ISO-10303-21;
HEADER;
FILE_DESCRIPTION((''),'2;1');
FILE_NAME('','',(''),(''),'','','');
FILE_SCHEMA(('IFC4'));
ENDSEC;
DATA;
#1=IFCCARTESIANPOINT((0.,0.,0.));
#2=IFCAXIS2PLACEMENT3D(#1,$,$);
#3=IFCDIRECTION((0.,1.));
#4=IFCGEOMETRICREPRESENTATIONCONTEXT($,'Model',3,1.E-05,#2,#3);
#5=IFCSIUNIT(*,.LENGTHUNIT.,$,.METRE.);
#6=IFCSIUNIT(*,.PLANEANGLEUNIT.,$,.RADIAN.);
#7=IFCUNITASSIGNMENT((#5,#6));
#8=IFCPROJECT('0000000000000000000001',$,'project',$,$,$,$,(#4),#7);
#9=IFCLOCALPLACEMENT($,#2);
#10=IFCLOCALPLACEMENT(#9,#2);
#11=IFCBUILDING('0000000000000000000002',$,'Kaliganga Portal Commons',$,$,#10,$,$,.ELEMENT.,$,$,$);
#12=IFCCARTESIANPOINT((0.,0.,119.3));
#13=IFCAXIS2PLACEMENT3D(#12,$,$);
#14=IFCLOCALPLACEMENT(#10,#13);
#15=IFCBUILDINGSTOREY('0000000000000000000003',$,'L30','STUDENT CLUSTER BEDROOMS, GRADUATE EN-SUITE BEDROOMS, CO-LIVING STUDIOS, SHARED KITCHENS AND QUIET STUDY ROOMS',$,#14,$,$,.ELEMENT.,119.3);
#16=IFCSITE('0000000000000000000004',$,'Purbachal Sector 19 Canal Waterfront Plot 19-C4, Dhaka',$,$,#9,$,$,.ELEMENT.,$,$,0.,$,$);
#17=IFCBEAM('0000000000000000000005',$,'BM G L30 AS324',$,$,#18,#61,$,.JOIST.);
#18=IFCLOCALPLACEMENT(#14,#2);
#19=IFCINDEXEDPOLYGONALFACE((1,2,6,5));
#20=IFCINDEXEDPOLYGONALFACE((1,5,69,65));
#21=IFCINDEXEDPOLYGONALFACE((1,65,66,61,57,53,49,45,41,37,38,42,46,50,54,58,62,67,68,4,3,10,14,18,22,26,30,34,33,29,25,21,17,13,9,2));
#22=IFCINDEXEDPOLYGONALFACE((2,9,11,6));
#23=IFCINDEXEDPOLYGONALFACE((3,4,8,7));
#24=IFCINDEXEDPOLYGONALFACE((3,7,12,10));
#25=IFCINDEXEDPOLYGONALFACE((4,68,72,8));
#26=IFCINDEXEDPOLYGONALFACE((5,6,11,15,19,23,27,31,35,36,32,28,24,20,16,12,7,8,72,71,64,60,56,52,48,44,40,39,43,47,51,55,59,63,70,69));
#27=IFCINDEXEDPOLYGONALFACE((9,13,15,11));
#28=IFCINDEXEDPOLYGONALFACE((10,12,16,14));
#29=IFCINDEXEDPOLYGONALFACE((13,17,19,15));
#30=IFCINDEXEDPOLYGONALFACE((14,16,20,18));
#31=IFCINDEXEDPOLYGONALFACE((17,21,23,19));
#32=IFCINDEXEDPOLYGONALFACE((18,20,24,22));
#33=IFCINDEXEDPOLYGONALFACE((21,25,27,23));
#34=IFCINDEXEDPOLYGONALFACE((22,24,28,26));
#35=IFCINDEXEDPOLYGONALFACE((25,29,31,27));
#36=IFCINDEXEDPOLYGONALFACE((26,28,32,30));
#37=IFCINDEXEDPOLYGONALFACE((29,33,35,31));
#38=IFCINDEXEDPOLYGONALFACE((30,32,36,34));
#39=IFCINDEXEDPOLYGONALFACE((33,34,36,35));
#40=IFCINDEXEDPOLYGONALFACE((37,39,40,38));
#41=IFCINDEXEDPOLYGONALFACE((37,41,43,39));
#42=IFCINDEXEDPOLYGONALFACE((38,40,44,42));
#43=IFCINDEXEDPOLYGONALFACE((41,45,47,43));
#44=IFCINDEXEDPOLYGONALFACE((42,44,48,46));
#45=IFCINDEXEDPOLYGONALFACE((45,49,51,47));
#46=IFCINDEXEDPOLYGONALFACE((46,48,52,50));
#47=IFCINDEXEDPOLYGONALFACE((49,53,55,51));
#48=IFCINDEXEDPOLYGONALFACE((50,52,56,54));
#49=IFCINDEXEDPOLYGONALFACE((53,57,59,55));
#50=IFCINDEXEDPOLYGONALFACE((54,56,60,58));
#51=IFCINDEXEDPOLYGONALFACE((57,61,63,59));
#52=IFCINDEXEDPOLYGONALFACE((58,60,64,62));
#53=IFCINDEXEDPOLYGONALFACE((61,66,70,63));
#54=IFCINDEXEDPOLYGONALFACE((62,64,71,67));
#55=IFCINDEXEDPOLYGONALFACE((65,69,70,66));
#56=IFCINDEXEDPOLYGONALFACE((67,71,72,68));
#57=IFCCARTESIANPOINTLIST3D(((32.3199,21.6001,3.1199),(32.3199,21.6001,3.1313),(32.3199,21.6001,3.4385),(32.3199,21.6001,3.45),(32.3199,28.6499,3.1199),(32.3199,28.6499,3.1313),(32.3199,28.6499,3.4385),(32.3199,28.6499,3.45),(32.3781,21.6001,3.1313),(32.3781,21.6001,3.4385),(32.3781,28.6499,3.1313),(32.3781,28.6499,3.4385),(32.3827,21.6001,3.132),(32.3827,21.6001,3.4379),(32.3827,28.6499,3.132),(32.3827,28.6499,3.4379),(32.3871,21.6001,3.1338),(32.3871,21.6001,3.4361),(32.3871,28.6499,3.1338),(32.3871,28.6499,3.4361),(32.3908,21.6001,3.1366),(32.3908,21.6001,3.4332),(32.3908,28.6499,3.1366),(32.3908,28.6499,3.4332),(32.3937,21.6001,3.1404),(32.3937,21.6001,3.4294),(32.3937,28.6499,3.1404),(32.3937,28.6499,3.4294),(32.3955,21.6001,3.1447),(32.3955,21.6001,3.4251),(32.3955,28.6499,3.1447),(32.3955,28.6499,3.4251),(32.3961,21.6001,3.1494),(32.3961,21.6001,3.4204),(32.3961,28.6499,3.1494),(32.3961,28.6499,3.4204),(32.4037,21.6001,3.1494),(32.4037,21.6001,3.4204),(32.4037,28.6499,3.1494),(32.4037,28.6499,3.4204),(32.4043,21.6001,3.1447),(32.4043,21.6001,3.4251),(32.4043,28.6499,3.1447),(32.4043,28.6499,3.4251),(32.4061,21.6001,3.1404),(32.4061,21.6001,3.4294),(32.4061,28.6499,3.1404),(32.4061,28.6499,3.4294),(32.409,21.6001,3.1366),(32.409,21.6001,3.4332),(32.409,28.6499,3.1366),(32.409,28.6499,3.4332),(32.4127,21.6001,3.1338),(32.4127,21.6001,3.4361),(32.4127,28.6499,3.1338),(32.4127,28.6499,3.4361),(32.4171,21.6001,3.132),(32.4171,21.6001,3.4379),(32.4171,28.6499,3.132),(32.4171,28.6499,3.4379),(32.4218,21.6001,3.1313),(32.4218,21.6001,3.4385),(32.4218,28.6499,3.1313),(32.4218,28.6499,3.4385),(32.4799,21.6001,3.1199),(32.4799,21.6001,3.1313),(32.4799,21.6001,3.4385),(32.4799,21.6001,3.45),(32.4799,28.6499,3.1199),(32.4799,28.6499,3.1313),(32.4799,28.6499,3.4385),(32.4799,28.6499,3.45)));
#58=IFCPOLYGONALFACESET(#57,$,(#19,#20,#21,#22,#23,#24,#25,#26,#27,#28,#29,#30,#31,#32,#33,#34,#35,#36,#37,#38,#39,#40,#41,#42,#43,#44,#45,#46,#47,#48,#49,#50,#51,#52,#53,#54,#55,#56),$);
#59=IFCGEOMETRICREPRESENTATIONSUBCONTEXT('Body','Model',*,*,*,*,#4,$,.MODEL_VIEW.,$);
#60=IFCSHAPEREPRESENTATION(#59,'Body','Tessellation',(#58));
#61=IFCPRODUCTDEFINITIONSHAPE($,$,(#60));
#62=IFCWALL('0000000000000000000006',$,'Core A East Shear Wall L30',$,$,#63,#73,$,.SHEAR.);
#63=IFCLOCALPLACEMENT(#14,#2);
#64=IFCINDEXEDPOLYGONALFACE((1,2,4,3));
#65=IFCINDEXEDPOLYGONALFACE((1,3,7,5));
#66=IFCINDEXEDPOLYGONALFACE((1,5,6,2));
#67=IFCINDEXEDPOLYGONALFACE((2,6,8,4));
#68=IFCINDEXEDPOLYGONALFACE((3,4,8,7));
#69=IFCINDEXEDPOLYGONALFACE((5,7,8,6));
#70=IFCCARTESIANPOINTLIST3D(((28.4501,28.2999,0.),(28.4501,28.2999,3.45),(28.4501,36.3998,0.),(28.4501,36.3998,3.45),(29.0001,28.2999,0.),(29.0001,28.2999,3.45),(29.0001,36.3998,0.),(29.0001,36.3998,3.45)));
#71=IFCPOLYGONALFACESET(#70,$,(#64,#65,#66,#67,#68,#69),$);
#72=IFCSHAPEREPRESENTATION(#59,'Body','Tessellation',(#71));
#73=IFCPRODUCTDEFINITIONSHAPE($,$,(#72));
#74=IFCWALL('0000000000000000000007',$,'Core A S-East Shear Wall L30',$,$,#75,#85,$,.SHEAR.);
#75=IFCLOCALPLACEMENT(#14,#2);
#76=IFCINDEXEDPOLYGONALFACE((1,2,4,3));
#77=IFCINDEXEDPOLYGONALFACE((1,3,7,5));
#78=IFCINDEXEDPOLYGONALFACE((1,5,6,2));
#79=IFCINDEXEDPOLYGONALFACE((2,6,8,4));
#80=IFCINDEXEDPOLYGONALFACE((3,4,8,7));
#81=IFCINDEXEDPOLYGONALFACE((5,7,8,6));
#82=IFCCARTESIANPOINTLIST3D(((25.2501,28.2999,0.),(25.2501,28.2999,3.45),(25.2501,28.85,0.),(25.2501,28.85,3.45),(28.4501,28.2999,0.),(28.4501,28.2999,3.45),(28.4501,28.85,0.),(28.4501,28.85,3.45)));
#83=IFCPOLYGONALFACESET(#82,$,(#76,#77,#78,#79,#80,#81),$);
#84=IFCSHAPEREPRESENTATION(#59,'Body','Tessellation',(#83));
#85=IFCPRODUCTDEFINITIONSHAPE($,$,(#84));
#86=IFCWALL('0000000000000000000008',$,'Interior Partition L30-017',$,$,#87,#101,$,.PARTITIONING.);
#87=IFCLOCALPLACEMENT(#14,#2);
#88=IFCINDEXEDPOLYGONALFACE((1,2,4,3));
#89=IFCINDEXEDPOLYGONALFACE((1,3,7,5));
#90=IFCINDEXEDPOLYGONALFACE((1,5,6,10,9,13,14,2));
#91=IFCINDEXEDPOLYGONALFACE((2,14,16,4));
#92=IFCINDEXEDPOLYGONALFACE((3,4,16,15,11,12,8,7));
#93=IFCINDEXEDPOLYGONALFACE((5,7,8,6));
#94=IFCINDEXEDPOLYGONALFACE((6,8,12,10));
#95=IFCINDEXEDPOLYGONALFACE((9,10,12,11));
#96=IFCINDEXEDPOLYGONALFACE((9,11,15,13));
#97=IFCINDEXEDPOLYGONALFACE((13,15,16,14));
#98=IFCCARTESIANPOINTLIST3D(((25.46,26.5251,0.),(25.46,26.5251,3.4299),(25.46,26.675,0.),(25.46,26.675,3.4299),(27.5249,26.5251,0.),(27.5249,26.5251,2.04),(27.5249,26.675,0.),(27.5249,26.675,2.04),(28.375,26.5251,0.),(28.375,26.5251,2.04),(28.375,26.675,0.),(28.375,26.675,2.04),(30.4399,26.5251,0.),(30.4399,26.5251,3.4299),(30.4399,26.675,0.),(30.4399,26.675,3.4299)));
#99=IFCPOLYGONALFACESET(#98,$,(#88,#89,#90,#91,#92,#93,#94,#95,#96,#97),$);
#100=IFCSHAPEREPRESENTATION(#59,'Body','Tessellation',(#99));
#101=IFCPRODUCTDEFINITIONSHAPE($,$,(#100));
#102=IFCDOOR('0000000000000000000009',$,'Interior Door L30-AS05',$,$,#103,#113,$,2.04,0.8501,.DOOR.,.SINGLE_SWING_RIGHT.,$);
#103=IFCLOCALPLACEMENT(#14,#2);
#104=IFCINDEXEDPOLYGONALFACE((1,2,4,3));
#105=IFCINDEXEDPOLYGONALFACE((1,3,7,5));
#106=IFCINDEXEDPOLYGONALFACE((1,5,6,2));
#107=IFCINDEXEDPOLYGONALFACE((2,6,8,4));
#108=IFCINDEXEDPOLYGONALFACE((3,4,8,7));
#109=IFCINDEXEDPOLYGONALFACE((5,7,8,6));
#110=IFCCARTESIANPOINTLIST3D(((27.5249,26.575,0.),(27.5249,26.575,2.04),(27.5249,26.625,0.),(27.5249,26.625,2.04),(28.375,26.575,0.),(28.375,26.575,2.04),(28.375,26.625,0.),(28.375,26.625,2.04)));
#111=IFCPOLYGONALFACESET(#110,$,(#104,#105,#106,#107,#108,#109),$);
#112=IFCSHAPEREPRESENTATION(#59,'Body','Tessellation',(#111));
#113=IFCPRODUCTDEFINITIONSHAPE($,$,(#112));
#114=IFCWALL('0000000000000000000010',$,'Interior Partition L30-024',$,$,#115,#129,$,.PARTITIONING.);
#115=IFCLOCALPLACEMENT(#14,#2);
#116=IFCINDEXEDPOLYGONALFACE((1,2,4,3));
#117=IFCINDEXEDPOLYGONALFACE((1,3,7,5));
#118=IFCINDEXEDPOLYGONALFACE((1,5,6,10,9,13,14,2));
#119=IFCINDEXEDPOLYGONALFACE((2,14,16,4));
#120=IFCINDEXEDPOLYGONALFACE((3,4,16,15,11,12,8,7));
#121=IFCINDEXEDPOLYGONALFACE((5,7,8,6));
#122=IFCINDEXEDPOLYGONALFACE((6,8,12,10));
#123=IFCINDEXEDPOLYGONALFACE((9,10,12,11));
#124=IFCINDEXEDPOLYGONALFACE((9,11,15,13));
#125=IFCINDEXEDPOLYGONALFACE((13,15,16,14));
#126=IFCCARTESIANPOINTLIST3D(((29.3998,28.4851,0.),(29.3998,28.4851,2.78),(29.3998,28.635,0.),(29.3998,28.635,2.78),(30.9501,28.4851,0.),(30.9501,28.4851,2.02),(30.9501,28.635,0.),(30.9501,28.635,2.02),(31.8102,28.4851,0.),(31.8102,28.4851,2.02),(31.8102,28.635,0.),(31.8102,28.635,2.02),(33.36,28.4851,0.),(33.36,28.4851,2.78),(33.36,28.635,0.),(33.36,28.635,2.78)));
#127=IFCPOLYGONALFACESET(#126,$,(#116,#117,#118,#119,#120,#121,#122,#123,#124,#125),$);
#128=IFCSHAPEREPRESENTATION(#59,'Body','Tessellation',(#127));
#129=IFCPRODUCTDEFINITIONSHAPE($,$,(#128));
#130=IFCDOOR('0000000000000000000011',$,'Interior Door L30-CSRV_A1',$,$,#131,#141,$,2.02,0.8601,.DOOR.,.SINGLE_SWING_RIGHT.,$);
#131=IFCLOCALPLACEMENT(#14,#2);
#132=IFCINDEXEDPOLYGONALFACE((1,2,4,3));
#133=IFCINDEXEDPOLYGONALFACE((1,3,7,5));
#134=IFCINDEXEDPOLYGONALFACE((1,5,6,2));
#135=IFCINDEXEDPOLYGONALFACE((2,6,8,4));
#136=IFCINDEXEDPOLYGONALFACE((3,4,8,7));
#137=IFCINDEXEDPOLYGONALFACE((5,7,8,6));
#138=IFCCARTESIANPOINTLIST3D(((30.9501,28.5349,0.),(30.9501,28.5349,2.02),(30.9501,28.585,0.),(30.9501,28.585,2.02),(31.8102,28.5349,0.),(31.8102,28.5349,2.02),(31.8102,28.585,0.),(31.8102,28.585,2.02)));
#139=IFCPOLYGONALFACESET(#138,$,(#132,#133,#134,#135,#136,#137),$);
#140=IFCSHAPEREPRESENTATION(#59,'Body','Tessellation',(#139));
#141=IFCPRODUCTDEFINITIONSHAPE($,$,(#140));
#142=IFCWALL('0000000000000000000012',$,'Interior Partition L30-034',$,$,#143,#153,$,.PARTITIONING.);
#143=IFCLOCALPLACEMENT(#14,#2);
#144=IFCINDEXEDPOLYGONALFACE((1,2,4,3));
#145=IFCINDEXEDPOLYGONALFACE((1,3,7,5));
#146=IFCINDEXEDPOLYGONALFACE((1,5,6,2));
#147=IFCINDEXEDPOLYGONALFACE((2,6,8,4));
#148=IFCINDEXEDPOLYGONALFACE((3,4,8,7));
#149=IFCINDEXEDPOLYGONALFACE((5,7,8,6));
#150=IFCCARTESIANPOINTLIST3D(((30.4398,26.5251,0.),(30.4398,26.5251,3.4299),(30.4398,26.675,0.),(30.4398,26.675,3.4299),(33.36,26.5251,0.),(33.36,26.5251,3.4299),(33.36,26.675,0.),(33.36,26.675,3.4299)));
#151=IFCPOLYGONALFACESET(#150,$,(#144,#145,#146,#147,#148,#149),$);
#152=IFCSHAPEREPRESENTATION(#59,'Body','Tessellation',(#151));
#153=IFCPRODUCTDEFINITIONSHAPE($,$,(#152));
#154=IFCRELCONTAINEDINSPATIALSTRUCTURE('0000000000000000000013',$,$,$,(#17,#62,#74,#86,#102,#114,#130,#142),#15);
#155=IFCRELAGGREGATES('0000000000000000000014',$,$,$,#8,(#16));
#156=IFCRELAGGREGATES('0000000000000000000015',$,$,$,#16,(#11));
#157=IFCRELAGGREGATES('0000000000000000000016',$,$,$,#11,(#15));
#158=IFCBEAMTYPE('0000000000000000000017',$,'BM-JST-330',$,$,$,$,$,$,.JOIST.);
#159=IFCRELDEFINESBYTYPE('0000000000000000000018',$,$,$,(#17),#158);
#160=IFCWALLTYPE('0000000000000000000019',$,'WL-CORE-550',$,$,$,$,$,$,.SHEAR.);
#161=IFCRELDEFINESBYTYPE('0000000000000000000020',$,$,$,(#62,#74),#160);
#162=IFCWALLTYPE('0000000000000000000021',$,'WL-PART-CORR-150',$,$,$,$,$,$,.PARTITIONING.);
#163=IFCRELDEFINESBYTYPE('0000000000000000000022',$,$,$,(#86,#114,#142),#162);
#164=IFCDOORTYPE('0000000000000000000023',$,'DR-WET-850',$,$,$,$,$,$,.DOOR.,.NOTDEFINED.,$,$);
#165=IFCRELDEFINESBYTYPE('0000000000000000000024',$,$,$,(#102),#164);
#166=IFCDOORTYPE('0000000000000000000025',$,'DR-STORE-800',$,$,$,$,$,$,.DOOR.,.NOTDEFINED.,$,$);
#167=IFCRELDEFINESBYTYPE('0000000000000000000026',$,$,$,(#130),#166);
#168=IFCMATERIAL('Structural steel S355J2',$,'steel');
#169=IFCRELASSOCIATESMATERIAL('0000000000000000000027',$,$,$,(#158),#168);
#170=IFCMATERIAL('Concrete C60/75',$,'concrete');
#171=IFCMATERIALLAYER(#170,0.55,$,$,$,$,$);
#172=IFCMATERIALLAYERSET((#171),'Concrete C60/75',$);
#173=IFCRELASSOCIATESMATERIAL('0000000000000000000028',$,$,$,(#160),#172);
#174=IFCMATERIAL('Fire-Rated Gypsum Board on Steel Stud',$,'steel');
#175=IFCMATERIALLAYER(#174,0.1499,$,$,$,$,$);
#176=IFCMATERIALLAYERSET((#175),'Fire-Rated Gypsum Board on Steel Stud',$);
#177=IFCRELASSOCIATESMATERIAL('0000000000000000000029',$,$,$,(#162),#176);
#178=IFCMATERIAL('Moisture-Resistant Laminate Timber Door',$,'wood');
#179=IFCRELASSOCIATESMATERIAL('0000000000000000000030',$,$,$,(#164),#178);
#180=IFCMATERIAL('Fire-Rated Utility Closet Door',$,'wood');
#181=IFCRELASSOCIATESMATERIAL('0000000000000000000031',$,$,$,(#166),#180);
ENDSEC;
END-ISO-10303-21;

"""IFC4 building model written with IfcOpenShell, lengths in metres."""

from ifc_helpers import new_model, si_unit, direction, frame, frame_2d, origin, origin_2d, place, context, subcontext, project, spatial, rectangle, i_section, extrude, source, transform, mapped, material, layer, layer_set, material_profile, profile_set, type_object, element, fill, save


model = new_model("IFC4")

# Units and contexts
model_context = context("Model", 3, precision=1e-05, world=origin(), true_north=direction((0.0, 1.0)))
body_context = subcontext(model_context, "Body", "Model", "MODEL_VIEW")
ifc_project = project(units=[si_unit("LENGTHUNIT", "METRE"), si_unit("PLANEANGLEUNIT", "RADIAN")], contexts=[model_context])

# Site, building, storey
site_placement = place(None, origin())
site = spatial("IfcSite", under=ifc_project, at=site_placement, Name="Purbachal Sector 19 Canal Waterfront Plot 19-C4, Dhaka", CompositionType="ELEMENT", RefElevation=0.0)
building_placement = place(site_placement, origin())
building = spatial("IfcBuilding", under=site, at=building_placement, Name="Kaliganga Portal Commons", CompositionType="ELEMENT")
storey_placement = place(building_placement, frame((0.0, 0.0, 119.3)))
storey = spatial("IfcBuildingStorey", under=building, at=storey_placement, Name="L30", Description="STUDENT CLUSTER BEDROOMS, GRADUATE EN-SUITE BEDROOMS, CO-LIVING STUDIOS, SHARED KITCHENS AND QUIET STUDY ROOMS", CompositionType="ELEMENT", Elevation=119.3)

# Shared definitions
ifc_material_1 = material(Name="Concrete C60/75", Category="concrete")

# Beam
ifc_material_2 = material(Name="Structural steel S355J2", Category="steel")
ifc_material_profile_1 = material_profile(ifc_material_2, i_section(OverallWidth=0.1599, OverallDepth=0.3301, WebThickness=0.0076, FlangeThickness=0.0115, FilletRadius=0.0181, at=origin_2d()), Name="IPE 330")
ifc_profile_set_1 = profile_set([ifc_material_profile_1], Name="Structural steel S355J2 wide-flange")
beam_type_1 = type_object("IfcBeamType", Name="BM-JST-330", PredefinedType="JOIST", material=ifc_profile_set_1)
shared_shape_1 = source(origin(), body_context, "Body", "SweptSolid", [
    extrude(i_section(OverallWidth=0.1599, OverallDepth=0.3301, WebThickness=0.0076, FlangeThickness=0.0115, FilletRadius=0.0181, at=origin_2d()), origin(), (0.0, 0.0, 1.0), 7.0498),
])
beam_1_placement = place(storey_placement, frame((32.3999, 21.6001, 3.2849), z_axis=(0.0, 1.0, 0.0), x_axis=(-1.0, 0.0, 0.0)))
element("IfcBeam", 1, at=beam_1_placement, inside=storey, type_object=beam_type_1, Name="BM G L30 AS324", PredefinedType="JOIST", context=body_context, shape_type="MappedRepresentation", body=[
    mapped(shared_shape_1, transform((0.0, 0.0, 0.0), x_axis=(1.0, 0.0, 0.0), y_axis=(0.0, 1.0, 0.0), z_axis=(0.0, 0.0, 1.0), scale=1.0)),
])

# Walls
ifc_layer_1 = layer(ifc_material_1, 0.55)
ifc_layer_set_1 = layer_set([ifc_layer_1], Name="Concrete C60/75")
wall_type_1 = type_object("IfcWallType", Name="WL-CORE-550", PredefinedType="SHEAR", material=ifc_layer_set_1)
wall_1_placement = place(storey_placement, frame((28.7251, 28.3, 0.0), z_axis=(0.0, 0.0, 1.0), x_axis=(0.0, 1.0, 0.0)))
element("IfcWall", 2, at=wall_1_placement, inside=storey, type_object=wall_type_1, Name="Core A East Shear Wall L30", PredefinedType="SHEAR", context=body_context, shape_type="SweptSolid", body=[
    extrude(rectangle(XDim=8.0999, YDim=0.55, at=frame_2d((4.0498, 0.0))), origin(), (0.0, 0.0, 1.0), 3.45),
])
wall_2_placement = place(storey_placement, frame((25.25, 28.575, 0.0), z_axis=(0.0, 0.0, 1.0), x_axis=(1.0, 0.0, 0.0)))
element("IfcWall", 3, at=wall_2_placement, inside=storey, type_object=wall_type_1, Name="Core A S-East Shear Wall L30", PredefinedType="SHEAR", context=body_context, shape_type="SweptSolid", body=[
    extrude(rectangle(XDim=3.2, YDim=0.55, at=frame_2d((1.6001, 0.0))), origin(), (0.0, 0.0, 1.0), 3.45),
])

# Walls, openings, doors
ifc_material_3 = material(Name="Fire-Rated Gypsum Board on Steel Stud", Category="steel")
ifc_layer_2 = layer(ifc_material_3, 0.1499)
ifc_layer_set_2 = layer_set([ifc_layer_2], Name="Fire-Rated Gypsum Board on Steel Stud")
wall_type_2 = type_object("IfcWallType", Name="WL-PART-CORR-150", PredefinedType="PARTITIONING", material=ifc_layer_set_2)
wall_3_placement = place(storey_placement, frame((25.46, 26.6001, 0.0), z_axis=(0.0, 0.0, 1.0), x_axis=(1.0, 0.0, 0.0)))
wall_3 = element("IfcWall", 4, at=wall_3_placement, inside=storey, type_object=wall_type_2, Name="Interior Partition L30-017", PredefinedType="PARTITIONING", context=body_context, shape_type="SweptSolid", body=[
    extrude(rectangle(XDim=4.98, YDim=0.1499, at=frame_2d((2.49, 0.0))), origin(), (0.0, 0.0, 1.0), 3.4299),
])
opening_1_placement = place(wall_3_placement, frame((2.0649, 0.0, 0.0)))
opening_1 = element("IfcOpeningElement", 5, at=opening_1_placement, cuts=wall_3, PredefinedType="OPENING", context=body_context, shape_type="SweptSolid", body=[
    extrude(rectangle(XDim=0.8501, YDim=2.04, at=frame_2d((0.425, 1.02))), frame((0.0, 0.085, 0.0), z_axis=(0.0, -1.0, 0.0), x_axis=(1.0, 0.0, 0.0)), (0.0, 0.0, 1.0), 0.1699),
])
ifc_material_4 = material(Name="Moisture-Resistant Laminate Timber Door", Category="wood")
door_type_1 = type_object("IfcDoorType", Name="DR-WET-850", OperationType="NOTDEFINED", PredefinedType="DOOR", material=ifc_material_4)
door_1_placement = place(opening_1_placement, origin())
door_1 = element("IfcDoor", 6, at=door_1_placement, inside=storey, type_object=door_type_1, Name="Interior Door L30-AS05", OperationType="SINGLE_SWING_RIGHT", OverallHeight=2.04, OverallWidth=0.8501, PredefinedType="DOOR", context=body_context, shape_type="SweptSolid", body=[
    extrude(rectangle(XDim=0.8501, YDim=2.04, at=frame_2d((0.425, 1.02))), frame((0.0, 0.0249, 0.0), z_axis=(0.0, -1.0, 0.0), x_axis=(1.0, 0.0, 0.0)), (0.0, 0.0, 1.0), 0.05),
])
fill(opening_1, door_1)
wall_4_placement = place(storey_placement, frame((29.3999, 28.5601, 0.0), z_axis=(0.0, 0.0, 1.0), x_axis=(1.0, 0.0, 0.0)))
wall_4 = element("IfcWall", 7, at=wall_4_placement, inside=storey, type_object=wall_type_2, Name="Interior Partition L30-024", PredefinedType="PARTITIONING", context=body_context, shape_type="SweptSolid", body=[
    extrude(rectangle(XDim=3.9602, YDim=0.1499, at=frame_2d((1.98, 0.0))), origin(), (0.0, 0.0, 1.0), 2.78),
])
opening_2_placement = place(wall_4_placement, frame((1.55, 0.0, 0.0)))
opening_2 = element("IfcOpeningElement", 8, at=opening_2_placement, cuts=wall_4, PredefinedType="OPENING", context=body_context, shape_type="SweptSolid", body=[
    extrude(rectangle(XDim=0.8601, YDim=2.02, at=frame_2d((0.4302, 1.01))), frame((0.0, 0.085, 0.0), z_axis=(0.0, -1.0, 0.0), x_axis=(1.0, 0.0, 0.0)), (0.0, 0.0, 1.0), 0.1699),
])
ifc_material_5 = material(Name="Fire-Rated Utility Closet Door", Category="wood")
door_type_2 = type_object("IfcDoorType", Name="DR-STORE-800", OperationType="NOTDEFINED", PredefinedType="DOOR", material=ifc_material_5)
door_2_placement = place(opening_2_placement, origin())
door_2 = element("IfcDoor", 9, at=door_2_placement, inside=storey, type_object=door_type_2, Name="Interior Door L30-CSRV_A1", OperationType="SINGLE_SWING_RIGHT", OverallHeight=2.02, OverallWidth=0.8601, PredefinedType="DOOR", context=body_context, shape_type="SweptSolid", body=[
    extrude(rectangle(XDim=0.8601, YDim=2.02, at=frame_2d((0.4302, 1.01))), frame((0.0, 0.0249, 0.0), z_axis=(0.0, -1.0, 0.0), x_axis=(1.0, 0.0, 0.0)), (0.0, 0.0, 1.0), 0.05),
])
fill(opening_2, door_2)

# Wall
wall_5_placement = place(storey_placement, frame((30.4399, 26.6001, 0.0), z_axis=(0.0, 0.0, 1.0), x_axis=(1.0, 0.0, 0.0)))
element("IfcWall", 10, at=wall_5_placement, inside=storey, type_object=wall_type_2, Name="Interior Partition L30-034", PredefinedType="PARTITIONING", context=body_context, shape_type="SweptSolid", body=[
    extrude(rectangle(XDim=2.9202, YDim=0.1499, at=frame_2d((1.46, 0.0))), origin(), (0.0, 0.0, 1.0), 3.4299),
])

save(model, "model.ifc")
